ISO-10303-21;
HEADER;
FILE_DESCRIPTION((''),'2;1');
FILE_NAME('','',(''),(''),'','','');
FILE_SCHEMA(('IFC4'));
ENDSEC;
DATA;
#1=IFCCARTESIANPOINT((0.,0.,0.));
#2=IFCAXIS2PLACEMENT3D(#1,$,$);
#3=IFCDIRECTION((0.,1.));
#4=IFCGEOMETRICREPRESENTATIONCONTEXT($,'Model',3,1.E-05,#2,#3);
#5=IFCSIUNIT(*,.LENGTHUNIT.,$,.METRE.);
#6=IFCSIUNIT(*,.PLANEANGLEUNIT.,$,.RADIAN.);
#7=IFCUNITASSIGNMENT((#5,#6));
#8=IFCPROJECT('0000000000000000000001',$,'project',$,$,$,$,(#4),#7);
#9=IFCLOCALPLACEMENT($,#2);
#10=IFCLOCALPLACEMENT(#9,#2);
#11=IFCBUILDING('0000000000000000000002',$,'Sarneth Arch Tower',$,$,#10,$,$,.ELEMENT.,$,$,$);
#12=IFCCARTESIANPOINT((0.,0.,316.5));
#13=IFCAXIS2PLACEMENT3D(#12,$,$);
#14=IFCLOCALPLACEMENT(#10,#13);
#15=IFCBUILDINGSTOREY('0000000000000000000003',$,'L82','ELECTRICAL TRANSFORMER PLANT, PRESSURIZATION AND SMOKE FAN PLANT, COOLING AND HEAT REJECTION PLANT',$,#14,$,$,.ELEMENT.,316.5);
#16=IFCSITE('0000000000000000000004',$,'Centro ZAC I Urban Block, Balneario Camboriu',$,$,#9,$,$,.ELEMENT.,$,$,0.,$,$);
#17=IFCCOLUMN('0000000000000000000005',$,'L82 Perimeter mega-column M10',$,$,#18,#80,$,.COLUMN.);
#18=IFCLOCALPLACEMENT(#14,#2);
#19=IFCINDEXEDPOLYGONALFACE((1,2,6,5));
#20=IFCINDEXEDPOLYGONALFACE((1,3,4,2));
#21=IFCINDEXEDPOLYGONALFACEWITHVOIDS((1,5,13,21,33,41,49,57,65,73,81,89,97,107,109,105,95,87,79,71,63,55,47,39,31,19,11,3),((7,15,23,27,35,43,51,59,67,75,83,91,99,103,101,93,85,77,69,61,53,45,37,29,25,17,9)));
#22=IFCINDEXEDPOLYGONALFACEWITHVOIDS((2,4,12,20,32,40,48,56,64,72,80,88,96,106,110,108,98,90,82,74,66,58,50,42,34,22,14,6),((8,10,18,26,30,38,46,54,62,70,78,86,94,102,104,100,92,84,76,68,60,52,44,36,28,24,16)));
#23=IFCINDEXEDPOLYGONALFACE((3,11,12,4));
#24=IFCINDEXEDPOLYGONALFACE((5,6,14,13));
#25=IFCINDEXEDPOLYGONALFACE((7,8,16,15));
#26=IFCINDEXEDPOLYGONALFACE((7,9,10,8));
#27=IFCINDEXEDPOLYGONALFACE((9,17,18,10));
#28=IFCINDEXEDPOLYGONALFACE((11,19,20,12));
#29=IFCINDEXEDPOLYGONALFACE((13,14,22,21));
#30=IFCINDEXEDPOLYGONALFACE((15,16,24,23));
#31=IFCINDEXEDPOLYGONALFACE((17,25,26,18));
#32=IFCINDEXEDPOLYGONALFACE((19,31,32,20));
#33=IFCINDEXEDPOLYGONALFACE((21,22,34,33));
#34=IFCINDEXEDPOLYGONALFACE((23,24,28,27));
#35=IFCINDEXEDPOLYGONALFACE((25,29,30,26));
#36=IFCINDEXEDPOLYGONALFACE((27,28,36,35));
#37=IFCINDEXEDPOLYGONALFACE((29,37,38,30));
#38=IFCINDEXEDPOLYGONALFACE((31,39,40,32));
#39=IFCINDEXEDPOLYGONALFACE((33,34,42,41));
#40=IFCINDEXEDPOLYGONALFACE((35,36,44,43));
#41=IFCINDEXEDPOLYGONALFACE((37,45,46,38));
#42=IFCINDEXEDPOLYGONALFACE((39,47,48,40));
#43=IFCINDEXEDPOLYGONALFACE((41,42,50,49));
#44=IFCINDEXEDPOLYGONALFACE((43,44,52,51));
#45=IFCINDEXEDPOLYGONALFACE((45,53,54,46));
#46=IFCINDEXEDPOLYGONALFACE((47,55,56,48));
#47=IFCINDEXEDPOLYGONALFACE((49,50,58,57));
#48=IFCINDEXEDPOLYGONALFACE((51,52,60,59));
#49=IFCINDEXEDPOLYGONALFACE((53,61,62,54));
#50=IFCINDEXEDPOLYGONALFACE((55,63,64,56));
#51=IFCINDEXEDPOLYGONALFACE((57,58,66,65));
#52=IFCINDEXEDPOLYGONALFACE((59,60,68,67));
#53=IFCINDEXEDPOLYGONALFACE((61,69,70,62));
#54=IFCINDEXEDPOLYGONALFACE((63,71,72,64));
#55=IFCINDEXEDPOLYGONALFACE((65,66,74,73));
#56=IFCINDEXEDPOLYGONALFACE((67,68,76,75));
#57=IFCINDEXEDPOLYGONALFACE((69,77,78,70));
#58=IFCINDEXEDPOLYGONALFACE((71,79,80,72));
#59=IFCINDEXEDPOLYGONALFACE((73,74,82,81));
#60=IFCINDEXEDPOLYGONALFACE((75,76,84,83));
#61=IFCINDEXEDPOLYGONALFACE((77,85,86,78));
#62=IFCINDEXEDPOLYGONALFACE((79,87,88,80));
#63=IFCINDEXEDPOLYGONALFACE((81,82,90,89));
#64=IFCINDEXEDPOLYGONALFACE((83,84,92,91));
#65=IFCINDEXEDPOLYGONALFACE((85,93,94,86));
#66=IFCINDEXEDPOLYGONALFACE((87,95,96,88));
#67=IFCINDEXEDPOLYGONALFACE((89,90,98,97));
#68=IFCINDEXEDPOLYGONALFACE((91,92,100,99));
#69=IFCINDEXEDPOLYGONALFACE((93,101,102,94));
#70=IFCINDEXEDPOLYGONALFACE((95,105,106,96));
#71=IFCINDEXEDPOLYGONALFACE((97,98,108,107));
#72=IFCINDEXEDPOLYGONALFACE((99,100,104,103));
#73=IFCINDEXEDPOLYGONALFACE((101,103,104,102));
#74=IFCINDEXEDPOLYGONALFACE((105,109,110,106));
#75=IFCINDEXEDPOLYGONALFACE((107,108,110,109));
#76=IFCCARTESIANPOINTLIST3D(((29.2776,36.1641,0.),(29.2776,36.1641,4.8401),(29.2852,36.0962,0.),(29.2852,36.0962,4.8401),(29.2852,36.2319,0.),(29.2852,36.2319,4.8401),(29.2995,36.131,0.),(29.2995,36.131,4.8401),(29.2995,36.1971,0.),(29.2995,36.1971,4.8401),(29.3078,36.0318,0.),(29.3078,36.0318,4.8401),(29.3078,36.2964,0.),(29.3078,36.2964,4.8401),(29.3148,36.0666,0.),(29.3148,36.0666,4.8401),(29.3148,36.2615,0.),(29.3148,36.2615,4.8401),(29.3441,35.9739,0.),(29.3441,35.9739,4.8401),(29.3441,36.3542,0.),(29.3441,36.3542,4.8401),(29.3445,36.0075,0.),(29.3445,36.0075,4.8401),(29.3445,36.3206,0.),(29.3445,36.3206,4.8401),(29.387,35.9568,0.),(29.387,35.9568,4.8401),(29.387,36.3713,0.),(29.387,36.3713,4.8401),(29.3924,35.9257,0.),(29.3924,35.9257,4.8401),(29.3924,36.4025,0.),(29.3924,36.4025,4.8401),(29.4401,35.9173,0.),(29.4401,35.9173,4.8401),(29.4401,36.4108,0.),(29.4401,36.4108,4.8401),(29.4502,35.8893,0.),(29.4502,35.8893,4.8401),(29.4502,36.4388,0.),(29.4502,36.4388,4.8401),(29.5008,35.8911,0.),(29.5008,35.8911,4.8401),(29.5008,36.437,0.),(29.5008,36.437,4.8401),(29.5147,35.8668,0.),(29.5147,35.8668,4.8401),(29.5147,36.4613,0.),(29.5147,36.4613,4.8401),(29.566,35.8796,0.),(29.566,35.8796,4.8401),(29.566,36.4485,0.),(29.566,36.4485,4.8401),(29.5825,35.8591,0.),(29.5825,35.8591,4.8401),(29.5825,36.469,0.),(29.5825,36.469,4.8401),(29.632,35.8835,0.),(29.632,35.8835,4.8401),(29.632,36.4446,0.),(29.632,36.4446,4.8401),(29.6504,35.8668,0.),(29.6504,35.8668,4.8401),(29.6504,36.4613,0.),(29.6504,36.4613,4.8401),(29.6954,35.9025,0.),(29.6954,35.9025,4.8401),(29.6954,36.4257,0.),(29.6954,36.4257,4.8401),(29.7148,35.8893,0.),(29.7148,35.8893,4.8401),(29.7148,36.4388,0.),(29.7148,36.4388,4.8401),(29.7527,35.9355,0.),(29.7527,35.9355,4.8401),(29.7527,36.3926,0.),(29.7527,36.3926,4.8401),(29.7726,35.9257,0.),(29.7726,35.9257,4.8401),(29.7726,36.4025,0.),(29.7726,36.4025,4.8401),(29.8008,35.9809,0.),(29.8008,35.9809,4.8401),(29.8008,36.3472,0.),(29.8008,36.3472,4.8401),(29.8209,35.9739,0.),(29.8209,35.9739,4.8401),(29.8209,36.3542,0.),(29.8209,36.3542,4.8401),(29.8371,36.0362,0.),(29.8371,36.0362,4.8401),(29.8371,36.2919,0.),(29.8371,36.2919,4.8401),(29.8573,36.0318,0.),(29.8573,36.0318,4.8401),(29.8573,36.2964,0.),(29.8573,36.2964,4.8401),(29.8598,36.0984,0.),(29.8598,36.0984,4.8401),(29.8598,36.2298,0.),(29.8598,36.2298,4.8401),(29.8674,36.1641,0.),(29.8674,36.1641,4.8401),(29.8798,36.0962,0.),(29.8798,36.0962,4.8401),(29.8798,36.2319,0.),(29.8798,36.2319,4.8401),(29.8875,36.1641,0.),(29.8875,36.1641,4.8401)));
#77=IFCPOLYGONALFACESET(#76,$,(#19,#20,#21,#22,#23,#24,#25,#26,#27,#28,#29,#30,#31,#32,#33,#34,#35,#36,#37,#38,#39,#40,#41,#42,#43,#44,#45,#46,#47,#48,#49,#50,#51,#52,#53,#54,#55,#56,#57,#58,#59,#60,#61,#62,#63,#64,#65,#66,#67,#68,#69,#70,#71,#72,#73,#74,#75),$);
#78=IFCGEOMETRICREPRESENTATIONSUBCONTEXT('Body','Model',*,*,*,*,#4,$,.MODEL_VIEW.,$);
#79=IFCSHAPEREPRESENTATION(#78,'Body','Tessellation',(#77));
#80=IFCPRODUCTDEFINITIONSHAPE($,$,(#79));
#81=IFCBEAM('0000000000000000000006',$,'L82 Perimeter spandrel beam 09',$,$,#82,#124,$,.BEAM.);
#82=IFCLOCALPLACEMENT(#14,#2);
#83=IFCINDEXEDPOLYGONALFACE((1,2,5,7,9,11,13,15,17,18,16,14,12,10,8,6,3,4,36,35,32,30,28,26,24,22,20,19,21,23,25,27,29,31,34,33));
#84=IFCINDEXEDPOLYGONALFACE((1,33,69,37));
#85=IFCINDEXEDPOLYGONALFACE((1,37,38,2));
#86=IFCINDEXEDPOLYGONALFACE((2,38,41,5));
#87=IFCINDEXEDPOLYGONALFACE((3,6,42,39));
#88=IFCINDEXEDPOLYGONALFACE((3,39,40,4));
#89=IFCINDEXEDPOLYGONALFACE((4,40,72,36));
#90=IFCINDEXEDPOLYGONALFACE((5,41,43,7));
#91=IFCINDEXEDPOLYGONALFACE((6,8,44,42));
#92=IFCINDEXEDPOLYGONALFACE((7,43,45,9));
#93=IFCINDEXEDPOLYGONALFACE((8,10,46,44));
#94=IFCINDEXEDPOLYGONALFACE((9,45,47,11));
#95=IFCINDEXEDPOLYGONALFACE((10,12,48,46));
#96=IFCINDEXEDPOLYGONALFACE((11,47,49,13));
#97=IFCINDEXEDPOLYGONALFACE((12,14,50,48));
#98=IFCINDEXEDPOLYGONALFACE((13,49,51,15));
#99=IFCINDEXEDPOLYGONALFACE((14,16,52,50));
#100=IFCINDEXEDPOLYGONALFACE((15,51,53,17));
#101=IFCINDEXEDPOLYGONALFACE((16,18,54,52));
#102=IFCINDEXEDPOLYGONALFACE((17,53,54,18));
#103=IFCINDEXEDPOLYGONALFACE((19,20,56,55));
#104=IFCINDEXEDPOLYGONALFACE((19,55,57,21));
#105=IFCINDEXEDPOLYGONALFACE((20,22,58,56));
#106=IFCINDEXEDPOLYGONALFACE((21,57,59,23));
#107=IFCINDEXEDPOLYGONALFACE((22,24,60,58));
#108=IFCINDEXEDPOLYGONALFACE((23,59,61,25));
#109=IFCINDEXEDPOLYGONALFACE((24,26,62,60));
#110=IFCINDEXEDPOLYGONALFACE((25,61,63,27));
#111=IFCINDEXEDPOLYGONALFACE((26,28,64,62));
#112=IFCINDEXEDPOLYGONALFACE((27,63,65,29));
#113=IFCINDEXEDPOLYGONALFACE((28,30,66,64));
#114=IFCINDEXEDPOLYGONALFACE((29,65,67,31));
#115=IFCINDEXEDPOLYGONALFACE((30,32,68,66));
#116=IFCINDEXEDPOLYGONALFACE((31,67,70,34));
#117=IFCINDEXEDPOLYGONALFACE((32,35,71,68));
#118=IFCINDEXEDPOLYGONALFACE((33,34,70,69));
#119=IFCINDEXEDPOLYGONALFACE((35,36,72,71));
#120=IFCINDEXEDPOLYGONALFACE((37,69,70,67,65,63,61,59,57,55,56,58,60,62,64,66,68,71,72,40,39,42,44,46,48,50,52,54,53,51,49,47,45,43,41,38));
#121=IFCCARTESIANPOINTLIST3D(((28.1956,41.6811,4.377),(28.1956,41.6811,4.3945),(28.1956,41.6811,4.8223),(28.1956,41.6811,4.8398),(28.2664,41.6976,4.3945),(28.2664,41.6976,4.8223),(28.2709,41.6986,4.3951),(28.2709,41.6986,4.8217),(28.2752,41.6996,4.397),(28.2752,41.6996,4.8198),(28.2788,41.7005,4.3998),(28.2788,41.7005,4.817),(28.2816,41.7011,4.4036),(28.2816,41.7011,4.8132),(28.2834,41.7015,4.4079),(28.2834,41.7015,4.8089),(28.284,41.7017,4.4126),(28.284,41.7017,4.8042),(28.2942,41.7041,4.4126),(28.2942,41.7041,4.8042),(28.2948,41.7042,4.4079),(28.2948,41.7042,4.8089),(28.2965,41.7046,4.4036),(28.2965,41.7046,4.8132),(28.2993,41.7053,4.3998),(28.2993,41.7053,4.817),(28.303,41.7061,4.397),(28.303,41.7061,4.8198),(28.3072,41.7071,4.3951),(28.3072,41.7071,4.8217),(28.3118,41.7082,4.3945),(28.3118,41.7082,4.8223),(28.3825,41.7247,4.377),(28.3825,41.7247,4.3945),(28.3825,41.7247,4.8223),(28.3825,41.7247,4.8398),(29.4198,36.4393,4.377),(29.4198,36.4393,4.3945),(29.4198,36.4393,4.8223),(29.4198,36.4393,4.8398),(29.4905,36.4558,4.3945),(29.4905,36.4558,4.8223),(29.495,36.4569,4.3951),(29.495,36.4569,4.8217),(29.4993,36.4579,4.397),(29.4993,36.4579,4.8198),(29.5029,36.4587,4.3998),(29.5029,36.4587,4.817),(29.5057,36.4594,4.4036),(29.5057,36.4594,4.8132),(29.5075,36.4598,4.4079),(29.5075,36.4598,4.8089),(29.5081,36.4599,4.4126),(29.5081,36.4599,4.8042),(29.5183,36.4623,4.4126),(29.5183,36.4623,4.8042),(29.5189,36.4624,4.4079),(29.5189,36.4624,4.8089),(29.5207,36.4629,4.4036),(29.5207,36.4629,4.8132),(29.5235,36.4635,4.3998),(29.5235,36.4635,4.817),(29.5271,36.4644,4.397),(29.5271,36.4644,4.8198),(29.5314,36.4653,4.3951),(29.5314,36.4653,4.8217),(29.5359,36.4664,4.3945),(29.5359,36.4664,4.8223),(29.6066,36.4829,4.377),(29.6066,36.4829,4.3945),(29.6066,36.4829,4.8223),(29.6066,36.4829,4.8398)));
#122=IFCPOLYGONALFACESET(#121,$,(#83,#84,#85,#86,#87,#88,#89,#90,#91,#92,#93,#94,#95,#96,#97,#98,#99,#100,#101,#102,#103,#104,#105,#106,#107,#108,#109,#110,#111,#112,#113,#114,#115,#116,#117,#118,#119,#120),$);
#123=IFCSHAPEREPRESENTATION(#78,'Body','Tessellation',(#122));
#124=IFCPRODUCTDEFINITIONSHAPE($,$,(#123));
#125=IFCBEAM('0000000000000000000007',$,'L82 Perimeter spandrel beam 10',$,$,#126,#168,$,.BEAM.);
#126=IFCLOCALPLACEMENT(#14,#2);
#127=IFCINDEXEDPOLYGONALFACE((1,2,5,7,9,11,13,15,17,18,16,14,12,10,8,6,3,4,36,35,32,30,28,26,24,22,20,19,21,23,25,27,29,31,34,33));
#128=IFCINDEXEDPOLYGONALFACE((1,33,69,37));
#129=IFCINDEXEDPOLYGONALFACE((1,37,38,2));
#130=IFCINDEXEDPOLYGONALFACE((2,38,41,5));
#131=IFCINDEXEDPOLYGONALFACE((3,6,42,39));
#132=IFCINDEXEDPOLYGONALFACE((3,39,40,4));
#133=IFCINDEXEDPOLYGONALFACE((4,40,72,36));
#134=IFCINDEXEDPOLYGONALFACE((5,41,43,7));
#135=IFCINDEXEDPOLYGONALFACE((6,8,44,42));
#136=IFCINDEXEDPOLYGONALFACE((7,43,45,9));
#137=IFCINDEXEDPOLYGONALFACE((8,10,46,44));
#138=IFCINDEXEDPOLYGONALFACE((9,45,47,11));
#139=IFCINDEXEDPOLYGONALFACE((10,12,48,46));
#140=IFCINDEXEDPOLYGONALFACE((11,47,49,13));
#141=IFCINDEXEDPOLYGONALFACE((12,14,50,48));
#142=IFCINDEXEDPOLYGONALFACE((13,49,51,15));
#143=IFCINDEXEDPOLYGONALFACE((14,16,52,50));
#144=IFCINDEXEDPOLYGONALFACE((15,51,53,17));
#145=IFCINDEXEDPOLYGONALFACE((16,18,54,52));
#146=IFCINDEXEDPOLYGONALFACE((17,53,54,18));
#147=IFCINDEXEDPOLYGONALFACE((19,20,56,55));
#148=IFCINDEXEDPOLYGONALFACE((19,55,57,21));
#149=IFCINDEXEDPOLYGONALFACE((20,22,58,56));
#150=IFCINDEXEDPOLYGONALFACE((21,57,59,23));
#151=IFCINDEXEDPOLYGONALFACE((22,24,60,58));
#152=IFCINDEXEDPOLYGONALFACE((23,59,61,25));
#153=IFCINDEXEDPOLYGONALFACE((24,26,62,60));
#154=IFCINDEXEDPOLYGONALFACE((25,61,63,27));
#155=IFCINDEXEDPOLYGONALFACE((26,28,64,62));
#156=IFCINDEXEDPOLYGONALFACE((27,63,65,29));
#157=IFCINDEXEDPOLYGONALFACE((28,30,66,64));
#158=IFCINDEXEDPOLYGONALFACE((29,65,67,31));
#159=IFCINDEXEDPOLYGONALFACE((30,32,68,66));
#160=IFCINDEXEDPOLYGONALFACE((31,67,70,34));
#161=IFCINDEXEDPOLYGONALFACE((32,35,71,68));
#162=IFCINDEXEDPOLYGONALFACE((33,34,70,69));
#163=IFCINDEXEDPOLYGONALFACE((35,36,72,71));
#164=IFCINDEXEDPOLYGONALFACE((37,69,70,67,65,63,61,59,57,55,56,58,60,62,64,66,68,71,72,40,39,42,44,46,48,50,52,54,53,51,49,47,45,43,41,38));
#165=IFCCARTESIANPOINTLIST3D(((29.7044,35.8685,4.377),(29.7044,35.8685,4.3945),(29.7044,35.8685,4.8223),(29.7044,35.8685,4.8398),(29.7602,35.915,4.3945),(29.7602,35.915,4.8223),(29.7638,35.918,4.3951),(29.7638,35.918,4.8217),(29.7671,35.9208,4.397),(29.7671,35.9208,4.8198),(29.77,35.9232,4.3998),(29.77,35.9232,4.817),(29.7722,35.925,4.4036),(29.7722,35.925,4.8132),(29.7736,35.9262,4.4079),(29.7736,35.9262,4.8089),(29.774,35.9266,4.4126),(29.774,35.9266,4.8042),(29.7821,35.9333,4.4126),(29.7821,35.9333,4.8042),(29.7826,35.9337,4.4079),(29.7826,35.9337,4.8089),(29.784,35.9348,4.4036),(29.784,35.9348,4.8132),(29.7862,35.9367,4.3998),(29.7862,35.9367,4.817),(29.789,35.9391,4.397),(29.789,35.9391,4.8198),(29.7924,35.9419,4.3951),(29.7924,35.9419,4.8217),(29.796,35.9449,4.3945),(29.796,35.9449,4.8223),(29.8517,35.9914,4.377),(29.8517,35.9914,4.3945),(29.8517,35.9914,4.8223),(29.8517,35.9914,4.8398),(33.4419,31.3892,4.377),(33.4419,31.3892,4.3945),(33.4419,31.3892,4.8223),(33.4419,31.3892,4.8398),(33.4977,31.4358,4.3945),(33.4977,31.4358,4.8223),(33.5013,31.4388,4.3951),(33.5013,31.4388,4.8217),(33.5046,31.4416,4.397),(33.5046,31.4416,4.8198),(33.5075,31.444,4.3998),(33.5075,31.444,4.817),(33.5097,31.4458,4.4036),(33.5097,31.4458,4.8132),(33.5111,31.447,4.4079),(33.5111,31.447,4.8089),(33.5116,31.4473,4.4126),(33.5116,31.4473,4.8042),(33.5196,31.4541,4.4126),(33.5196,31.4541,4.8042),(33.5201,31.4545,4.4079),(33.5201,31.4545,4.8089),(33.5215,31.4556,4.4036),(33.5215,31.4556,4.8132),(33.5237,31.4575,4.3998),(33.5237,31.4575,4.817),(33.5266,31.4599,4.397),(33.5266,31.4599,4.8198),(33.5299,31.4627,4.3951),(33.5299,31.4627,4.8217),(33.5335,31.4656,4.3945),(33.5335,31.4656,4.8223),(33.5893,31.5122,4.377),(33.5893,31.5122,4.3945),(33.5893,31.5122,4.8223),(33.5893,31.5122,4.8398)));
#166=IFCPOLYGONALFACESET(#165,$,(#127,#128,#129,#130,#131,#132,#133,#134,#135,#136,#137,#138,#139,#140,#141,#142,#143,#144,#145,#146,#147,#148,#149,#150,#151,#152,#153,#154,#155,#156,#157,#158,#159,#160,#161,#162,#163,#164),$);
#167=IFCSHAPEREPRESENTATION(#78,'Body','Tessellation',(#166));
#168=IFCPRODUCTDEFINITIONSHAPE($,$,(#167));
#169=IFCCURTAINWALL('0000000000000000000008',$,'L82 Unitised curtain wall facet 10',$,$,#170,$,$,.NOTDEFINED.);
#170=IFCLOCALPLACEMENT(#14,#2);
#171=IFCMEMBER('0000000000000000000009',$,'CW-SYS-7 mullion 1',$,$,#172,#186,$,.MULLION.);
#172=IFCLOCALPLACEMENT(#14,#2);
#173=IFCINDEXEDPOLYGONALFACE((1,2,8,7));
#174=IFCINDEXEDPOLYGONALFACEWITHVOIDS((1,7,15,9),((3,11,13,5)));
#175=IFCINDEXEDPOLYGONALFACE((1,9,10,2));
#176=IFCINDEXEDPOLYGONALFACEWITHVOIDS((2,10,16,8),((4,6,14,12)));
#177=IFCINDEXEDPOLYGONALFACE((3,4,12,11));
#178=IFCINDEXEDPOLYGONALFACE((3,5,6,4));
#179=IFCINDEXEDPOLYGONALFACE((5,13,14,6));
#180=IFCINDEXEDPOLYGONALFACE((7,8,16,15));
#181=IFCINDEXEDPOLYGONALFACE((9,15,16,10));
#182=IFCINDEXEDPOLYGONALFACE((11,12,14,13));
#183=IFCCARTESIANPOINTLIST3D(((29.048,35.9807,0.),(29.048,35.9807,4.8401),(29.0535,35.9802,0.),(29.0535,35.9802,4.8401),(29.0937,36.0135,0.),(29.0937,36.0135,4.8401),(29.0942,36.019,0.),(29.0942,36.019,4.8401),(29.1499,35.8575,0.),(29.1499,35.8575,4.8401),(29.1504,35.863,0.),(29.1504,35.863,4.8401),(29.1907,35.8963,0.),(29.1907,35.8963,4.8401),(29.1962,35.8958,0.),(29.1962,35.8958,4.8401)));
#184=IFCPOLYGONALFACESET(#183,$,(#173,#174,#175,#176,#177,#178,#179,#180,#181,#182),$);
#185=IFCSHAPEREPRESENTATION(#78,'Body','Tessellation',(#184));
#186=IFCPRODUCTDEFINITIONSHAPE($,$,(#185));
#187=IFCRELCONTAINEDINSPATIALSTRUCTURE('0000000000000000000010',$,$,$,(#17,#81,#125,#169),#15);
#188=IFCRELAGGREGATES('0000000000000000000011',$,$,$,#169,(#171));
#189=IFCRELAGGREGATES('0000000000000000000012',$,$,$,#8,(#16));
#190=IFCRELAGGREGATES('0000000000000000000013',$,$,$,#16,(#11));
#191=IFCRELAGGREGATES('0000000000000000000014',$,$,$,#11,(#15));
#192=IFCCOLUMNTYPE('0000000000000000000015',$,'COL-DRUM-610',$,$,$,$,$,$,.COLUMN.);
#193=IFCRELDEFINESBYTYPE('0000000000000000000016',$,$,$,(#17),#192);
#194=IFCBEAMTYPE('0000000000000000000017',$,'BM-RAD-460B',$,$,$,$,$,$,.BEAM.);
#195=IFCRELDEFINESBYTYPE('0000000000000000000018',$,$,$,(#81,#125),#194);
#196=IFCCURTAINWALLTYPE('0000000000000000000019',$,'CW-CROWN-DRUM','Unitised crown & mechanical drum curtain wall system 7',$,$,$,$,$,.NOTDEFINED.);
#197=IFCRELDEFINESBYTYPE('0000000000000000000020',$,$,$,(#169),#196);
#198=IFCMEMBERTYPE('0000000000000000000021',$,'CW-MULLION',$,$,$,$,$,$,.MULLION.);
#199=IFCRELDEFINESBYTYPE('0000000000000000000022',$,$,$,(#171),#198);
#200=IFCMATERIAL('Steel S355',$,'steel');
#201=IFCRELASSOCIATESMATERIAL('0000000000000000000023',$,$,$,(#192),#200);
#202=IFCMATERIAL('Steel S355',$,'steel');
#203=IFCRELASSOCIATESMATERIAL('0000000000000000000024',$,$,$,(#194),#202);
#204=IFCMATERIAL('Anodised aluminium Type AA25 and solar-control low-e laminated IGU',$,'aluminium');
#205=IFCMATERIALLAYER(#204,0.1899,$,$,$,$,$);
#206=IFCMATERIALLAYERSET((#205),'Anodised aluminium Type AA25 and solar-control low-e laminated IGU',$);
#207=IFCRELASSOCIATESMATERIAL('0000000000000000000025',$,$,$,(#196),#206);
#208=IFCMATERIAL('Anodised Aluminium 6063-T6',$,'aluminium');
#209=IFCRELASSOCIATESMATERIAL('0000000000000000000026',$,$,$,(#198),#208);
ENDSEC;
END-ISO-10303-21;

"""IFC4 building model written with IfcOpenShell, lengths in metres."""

from ifc_helpers import new_model, si_unit, direction, frame, origin, origin_2d, place, context, subcontext, project, spatial, hollow_rectangle, hollow_circle, i_section, extrude, material, layer, layer_set, material_profile, profile_set, type_object, element, aggregate, save


model = new_model("IFC4")

# Units and contexts
model_context = context("Model", 3, precision=1e-05, world=origin(), true_north=direction((0.0, 1.0)))
body_context = subcontext(model_context, "Body", "Model", "MODEL_VIEW")
ifc_project = project(units=[si_unit("LENGTHUNIT", "METRE"), si_unit("PLANEANGLEUNIT", "RADIAN")], contexts=[model_context])

# Site, building, storey
site_placement = place(None, origin())
site = spatial("IfcSite", under=ifc_project, at=site_placement, Name="Centro ZAC I Urban Block, Balneario Camboriu", CompositionType="ELEMENT", RefElevation=0.0)
building_placement = place(site_placement, origin())
building = spatial("IfcBuilding", under=site, at=building_placement, Name="Sarneth Arch Tower", CompositionType="ELEMENT")
storey_placement = place(building_placement, frame((0.0, 0.0, 316.5)))
storey = spatial("IfcBuildingStorey", under=building, at=storey_placement, Name="L82", Description="ELECTRICAL TRANSFORMER PLANT, PRESSURIZATION AND SMOKE FAN PLANT, COOLING AND HEAT REJECTION PLANT", CompositionType="ELEMENT", Elevation=316.5)

# Column
ifc_material_1 = material(Name="Steel S355", Category="steel")
ifc_material_profile_1 = material_profile(ifc_material_1, hollow_circle(Radius=0.3049, WallThickness=0.02, at=origin_2d()), Name="CHS610x20")
ifc_profile_set_1 = profile_set([ifc_material_profile_1], Name="Steel S355")
column_type = type_object("IfcColumnType", Name="COL-DRUM-610", PredefinedType="COLUMN", material=ifc_profile_set_1)
column_placement = place(storey_placement, frame((29.5825, 36.1641, 0.0), z_axis=(0.0, 0.0, 1.0), x_axis=(1.0, 0.0, 0.0)))
element("IfcColumn", 1, at=column_placement, inside=storey, type_object=column_type, Name="L82 Perimeter mega-column M10", PredefinedType="COLUMN", context=body_context, shape_type="SweptSolid", body=[
    extrude(hollow_circle(Radius=0.3049, WallThickness=0.02, at=origin_2d()), origin(), (0.0, 0.0, 1.0), 4.8401),
])

# Beams
ifc_material_2 = material(Name="Steel S355", Category="steel")
ifc_material_profile_2 = material_profile(ifc_material_2, i_section(OverallWidth=0.1919, OverallDepth=0.4629, WebThickness=0.0105, FlangeThickness=0.0176, FilletRadius=0.0181, at=origin_2d()), Name="W460x89")
ifc_profile_set_2 = profile_set([ifc_material_profile_2], Name="Steel S355")
beam_type = type_object("IfcBeamType", Name="BM-RAD-460B", PredefinedType="BEAM", material=ifc_profile_set_2)
beam_1_placement = place(storey_placement, frame((28.2891, 41.7029, 4.6084), z_axis=(0.227416, -0.973798, 0.0), x_axis=(0.973798, 0.227416, 0.0)))
element("IfcBeam", 2, at=beam_1_placement, inside=storey, type_object=beam_type, Name="L82 Perimeter spandrel beam 09", PredefinedType="BEAM", context=body_context, shape_type="SweptSolid", body=[
    extrude(i_section(OverallWidth=0.1919, OverallDepth=0.4629, WebThickness=0.0105, FlangeThickness=0.0176, FilletRadius=0.0181, at=origin_2d()), origin(), (0.0, 0.0, 1.0), 5.3828),
])
beam_2_placement = place(storey_placement, frame((29.7781, 35.9299, 4.6084), z_axis=(0.640674, -0.767813, 0.0), x_axis=(0.767813, 0.640674, 0.0)))
element("IfcBeam", 3, at=beam_2_placement, inside=storey, type_object=beam_type, Name="L82 Perimeter spandrel beam 10", PredefinedType="BEAM", context=body_context, shape_type="SweptSolid", body=[
    extrude(i_section(OverallWidth=0.1919, OverallDepth=0.4629, WebThickness=0.0105, FlangeThickness=0.0176, FilletRadius=0.0181, at=origin_2d()), origin(), (0.0, 0.0, 1.0), 5.8337),
])

# Curtain wall, member
ifc_material_3 = material(Name="Anodised aluminium Type AA25 and solar-control low-e laminated IGU", Category="aluminium")
ifc_layer_1 = layer(ifc_material_3, 0.1899)
ifc_layer_set_1 = layer_set([ifc_layer_1], Name="Anodised aluminium Type AA25 and solar-control low-e laminated IGU")
curtain_wall_type = type_object("IfcCurtainWallType", Name="CW-CROWN-DRUM", Description="Unitised crown & mechanical drum curtain wall system 7", PredefinedType="NOTDEFINED", material=ifc_layer_set_1)
curtain_wall_placement = place(storey_placement, origin())
curtain_wall = element("IfcCurtainWall", 4, at=curtain_wall_placement, inside=storey, type_object=curtain_wall_type, Name="L82 Unitised curtain wall facet 10", PredefinedType="NOTDEFINED")
ifc_material_4 = material(Name="Anodised Aluminium 6063-T6", Category="aluminium")
ifc_material_profile_3 = material_profile(ifc_material_4, hollow_rectangle(XDim=0.0601, YDim=0.1599, WallThickness=0.0039, at=origin_2d()), Name="AL-MULL-160x60x4")
ifc_profile_set_3 = profile_set([ifc_material_profile_3], Name="Anodised Aluminium 6063-T6")
member_type_1 = type_object("IfcMemberType", Name="CW-MULLION", PredefinedType="MULLION", material=ifc_profile_set_3)
member_1_placement = place(storey_placement, frame((29.1221, 35.9382, 0.0), z_axis=(0.0, 0.0, 1.0), x_axis=(0.770446, 0.637505, 0.0)))
member_1 = element("IfcMember", 5, at=member_1_placement, type_object=member_type_1, Name="CW-SYS-7 mullion 1", PredefinedType="MULLION", context=body_context, shape_type="SweptSolid", body=[
    extrude(hollow_rectangle(XDim=0.0601, YDim=0.1599, WallThickness=0.0039, at=origin_2d()), origin(), (0.0, 0.0, 1.0), 4.8401),
])
aggregate(curtain_wall, [member_1])

save(model, "model.ifc")
